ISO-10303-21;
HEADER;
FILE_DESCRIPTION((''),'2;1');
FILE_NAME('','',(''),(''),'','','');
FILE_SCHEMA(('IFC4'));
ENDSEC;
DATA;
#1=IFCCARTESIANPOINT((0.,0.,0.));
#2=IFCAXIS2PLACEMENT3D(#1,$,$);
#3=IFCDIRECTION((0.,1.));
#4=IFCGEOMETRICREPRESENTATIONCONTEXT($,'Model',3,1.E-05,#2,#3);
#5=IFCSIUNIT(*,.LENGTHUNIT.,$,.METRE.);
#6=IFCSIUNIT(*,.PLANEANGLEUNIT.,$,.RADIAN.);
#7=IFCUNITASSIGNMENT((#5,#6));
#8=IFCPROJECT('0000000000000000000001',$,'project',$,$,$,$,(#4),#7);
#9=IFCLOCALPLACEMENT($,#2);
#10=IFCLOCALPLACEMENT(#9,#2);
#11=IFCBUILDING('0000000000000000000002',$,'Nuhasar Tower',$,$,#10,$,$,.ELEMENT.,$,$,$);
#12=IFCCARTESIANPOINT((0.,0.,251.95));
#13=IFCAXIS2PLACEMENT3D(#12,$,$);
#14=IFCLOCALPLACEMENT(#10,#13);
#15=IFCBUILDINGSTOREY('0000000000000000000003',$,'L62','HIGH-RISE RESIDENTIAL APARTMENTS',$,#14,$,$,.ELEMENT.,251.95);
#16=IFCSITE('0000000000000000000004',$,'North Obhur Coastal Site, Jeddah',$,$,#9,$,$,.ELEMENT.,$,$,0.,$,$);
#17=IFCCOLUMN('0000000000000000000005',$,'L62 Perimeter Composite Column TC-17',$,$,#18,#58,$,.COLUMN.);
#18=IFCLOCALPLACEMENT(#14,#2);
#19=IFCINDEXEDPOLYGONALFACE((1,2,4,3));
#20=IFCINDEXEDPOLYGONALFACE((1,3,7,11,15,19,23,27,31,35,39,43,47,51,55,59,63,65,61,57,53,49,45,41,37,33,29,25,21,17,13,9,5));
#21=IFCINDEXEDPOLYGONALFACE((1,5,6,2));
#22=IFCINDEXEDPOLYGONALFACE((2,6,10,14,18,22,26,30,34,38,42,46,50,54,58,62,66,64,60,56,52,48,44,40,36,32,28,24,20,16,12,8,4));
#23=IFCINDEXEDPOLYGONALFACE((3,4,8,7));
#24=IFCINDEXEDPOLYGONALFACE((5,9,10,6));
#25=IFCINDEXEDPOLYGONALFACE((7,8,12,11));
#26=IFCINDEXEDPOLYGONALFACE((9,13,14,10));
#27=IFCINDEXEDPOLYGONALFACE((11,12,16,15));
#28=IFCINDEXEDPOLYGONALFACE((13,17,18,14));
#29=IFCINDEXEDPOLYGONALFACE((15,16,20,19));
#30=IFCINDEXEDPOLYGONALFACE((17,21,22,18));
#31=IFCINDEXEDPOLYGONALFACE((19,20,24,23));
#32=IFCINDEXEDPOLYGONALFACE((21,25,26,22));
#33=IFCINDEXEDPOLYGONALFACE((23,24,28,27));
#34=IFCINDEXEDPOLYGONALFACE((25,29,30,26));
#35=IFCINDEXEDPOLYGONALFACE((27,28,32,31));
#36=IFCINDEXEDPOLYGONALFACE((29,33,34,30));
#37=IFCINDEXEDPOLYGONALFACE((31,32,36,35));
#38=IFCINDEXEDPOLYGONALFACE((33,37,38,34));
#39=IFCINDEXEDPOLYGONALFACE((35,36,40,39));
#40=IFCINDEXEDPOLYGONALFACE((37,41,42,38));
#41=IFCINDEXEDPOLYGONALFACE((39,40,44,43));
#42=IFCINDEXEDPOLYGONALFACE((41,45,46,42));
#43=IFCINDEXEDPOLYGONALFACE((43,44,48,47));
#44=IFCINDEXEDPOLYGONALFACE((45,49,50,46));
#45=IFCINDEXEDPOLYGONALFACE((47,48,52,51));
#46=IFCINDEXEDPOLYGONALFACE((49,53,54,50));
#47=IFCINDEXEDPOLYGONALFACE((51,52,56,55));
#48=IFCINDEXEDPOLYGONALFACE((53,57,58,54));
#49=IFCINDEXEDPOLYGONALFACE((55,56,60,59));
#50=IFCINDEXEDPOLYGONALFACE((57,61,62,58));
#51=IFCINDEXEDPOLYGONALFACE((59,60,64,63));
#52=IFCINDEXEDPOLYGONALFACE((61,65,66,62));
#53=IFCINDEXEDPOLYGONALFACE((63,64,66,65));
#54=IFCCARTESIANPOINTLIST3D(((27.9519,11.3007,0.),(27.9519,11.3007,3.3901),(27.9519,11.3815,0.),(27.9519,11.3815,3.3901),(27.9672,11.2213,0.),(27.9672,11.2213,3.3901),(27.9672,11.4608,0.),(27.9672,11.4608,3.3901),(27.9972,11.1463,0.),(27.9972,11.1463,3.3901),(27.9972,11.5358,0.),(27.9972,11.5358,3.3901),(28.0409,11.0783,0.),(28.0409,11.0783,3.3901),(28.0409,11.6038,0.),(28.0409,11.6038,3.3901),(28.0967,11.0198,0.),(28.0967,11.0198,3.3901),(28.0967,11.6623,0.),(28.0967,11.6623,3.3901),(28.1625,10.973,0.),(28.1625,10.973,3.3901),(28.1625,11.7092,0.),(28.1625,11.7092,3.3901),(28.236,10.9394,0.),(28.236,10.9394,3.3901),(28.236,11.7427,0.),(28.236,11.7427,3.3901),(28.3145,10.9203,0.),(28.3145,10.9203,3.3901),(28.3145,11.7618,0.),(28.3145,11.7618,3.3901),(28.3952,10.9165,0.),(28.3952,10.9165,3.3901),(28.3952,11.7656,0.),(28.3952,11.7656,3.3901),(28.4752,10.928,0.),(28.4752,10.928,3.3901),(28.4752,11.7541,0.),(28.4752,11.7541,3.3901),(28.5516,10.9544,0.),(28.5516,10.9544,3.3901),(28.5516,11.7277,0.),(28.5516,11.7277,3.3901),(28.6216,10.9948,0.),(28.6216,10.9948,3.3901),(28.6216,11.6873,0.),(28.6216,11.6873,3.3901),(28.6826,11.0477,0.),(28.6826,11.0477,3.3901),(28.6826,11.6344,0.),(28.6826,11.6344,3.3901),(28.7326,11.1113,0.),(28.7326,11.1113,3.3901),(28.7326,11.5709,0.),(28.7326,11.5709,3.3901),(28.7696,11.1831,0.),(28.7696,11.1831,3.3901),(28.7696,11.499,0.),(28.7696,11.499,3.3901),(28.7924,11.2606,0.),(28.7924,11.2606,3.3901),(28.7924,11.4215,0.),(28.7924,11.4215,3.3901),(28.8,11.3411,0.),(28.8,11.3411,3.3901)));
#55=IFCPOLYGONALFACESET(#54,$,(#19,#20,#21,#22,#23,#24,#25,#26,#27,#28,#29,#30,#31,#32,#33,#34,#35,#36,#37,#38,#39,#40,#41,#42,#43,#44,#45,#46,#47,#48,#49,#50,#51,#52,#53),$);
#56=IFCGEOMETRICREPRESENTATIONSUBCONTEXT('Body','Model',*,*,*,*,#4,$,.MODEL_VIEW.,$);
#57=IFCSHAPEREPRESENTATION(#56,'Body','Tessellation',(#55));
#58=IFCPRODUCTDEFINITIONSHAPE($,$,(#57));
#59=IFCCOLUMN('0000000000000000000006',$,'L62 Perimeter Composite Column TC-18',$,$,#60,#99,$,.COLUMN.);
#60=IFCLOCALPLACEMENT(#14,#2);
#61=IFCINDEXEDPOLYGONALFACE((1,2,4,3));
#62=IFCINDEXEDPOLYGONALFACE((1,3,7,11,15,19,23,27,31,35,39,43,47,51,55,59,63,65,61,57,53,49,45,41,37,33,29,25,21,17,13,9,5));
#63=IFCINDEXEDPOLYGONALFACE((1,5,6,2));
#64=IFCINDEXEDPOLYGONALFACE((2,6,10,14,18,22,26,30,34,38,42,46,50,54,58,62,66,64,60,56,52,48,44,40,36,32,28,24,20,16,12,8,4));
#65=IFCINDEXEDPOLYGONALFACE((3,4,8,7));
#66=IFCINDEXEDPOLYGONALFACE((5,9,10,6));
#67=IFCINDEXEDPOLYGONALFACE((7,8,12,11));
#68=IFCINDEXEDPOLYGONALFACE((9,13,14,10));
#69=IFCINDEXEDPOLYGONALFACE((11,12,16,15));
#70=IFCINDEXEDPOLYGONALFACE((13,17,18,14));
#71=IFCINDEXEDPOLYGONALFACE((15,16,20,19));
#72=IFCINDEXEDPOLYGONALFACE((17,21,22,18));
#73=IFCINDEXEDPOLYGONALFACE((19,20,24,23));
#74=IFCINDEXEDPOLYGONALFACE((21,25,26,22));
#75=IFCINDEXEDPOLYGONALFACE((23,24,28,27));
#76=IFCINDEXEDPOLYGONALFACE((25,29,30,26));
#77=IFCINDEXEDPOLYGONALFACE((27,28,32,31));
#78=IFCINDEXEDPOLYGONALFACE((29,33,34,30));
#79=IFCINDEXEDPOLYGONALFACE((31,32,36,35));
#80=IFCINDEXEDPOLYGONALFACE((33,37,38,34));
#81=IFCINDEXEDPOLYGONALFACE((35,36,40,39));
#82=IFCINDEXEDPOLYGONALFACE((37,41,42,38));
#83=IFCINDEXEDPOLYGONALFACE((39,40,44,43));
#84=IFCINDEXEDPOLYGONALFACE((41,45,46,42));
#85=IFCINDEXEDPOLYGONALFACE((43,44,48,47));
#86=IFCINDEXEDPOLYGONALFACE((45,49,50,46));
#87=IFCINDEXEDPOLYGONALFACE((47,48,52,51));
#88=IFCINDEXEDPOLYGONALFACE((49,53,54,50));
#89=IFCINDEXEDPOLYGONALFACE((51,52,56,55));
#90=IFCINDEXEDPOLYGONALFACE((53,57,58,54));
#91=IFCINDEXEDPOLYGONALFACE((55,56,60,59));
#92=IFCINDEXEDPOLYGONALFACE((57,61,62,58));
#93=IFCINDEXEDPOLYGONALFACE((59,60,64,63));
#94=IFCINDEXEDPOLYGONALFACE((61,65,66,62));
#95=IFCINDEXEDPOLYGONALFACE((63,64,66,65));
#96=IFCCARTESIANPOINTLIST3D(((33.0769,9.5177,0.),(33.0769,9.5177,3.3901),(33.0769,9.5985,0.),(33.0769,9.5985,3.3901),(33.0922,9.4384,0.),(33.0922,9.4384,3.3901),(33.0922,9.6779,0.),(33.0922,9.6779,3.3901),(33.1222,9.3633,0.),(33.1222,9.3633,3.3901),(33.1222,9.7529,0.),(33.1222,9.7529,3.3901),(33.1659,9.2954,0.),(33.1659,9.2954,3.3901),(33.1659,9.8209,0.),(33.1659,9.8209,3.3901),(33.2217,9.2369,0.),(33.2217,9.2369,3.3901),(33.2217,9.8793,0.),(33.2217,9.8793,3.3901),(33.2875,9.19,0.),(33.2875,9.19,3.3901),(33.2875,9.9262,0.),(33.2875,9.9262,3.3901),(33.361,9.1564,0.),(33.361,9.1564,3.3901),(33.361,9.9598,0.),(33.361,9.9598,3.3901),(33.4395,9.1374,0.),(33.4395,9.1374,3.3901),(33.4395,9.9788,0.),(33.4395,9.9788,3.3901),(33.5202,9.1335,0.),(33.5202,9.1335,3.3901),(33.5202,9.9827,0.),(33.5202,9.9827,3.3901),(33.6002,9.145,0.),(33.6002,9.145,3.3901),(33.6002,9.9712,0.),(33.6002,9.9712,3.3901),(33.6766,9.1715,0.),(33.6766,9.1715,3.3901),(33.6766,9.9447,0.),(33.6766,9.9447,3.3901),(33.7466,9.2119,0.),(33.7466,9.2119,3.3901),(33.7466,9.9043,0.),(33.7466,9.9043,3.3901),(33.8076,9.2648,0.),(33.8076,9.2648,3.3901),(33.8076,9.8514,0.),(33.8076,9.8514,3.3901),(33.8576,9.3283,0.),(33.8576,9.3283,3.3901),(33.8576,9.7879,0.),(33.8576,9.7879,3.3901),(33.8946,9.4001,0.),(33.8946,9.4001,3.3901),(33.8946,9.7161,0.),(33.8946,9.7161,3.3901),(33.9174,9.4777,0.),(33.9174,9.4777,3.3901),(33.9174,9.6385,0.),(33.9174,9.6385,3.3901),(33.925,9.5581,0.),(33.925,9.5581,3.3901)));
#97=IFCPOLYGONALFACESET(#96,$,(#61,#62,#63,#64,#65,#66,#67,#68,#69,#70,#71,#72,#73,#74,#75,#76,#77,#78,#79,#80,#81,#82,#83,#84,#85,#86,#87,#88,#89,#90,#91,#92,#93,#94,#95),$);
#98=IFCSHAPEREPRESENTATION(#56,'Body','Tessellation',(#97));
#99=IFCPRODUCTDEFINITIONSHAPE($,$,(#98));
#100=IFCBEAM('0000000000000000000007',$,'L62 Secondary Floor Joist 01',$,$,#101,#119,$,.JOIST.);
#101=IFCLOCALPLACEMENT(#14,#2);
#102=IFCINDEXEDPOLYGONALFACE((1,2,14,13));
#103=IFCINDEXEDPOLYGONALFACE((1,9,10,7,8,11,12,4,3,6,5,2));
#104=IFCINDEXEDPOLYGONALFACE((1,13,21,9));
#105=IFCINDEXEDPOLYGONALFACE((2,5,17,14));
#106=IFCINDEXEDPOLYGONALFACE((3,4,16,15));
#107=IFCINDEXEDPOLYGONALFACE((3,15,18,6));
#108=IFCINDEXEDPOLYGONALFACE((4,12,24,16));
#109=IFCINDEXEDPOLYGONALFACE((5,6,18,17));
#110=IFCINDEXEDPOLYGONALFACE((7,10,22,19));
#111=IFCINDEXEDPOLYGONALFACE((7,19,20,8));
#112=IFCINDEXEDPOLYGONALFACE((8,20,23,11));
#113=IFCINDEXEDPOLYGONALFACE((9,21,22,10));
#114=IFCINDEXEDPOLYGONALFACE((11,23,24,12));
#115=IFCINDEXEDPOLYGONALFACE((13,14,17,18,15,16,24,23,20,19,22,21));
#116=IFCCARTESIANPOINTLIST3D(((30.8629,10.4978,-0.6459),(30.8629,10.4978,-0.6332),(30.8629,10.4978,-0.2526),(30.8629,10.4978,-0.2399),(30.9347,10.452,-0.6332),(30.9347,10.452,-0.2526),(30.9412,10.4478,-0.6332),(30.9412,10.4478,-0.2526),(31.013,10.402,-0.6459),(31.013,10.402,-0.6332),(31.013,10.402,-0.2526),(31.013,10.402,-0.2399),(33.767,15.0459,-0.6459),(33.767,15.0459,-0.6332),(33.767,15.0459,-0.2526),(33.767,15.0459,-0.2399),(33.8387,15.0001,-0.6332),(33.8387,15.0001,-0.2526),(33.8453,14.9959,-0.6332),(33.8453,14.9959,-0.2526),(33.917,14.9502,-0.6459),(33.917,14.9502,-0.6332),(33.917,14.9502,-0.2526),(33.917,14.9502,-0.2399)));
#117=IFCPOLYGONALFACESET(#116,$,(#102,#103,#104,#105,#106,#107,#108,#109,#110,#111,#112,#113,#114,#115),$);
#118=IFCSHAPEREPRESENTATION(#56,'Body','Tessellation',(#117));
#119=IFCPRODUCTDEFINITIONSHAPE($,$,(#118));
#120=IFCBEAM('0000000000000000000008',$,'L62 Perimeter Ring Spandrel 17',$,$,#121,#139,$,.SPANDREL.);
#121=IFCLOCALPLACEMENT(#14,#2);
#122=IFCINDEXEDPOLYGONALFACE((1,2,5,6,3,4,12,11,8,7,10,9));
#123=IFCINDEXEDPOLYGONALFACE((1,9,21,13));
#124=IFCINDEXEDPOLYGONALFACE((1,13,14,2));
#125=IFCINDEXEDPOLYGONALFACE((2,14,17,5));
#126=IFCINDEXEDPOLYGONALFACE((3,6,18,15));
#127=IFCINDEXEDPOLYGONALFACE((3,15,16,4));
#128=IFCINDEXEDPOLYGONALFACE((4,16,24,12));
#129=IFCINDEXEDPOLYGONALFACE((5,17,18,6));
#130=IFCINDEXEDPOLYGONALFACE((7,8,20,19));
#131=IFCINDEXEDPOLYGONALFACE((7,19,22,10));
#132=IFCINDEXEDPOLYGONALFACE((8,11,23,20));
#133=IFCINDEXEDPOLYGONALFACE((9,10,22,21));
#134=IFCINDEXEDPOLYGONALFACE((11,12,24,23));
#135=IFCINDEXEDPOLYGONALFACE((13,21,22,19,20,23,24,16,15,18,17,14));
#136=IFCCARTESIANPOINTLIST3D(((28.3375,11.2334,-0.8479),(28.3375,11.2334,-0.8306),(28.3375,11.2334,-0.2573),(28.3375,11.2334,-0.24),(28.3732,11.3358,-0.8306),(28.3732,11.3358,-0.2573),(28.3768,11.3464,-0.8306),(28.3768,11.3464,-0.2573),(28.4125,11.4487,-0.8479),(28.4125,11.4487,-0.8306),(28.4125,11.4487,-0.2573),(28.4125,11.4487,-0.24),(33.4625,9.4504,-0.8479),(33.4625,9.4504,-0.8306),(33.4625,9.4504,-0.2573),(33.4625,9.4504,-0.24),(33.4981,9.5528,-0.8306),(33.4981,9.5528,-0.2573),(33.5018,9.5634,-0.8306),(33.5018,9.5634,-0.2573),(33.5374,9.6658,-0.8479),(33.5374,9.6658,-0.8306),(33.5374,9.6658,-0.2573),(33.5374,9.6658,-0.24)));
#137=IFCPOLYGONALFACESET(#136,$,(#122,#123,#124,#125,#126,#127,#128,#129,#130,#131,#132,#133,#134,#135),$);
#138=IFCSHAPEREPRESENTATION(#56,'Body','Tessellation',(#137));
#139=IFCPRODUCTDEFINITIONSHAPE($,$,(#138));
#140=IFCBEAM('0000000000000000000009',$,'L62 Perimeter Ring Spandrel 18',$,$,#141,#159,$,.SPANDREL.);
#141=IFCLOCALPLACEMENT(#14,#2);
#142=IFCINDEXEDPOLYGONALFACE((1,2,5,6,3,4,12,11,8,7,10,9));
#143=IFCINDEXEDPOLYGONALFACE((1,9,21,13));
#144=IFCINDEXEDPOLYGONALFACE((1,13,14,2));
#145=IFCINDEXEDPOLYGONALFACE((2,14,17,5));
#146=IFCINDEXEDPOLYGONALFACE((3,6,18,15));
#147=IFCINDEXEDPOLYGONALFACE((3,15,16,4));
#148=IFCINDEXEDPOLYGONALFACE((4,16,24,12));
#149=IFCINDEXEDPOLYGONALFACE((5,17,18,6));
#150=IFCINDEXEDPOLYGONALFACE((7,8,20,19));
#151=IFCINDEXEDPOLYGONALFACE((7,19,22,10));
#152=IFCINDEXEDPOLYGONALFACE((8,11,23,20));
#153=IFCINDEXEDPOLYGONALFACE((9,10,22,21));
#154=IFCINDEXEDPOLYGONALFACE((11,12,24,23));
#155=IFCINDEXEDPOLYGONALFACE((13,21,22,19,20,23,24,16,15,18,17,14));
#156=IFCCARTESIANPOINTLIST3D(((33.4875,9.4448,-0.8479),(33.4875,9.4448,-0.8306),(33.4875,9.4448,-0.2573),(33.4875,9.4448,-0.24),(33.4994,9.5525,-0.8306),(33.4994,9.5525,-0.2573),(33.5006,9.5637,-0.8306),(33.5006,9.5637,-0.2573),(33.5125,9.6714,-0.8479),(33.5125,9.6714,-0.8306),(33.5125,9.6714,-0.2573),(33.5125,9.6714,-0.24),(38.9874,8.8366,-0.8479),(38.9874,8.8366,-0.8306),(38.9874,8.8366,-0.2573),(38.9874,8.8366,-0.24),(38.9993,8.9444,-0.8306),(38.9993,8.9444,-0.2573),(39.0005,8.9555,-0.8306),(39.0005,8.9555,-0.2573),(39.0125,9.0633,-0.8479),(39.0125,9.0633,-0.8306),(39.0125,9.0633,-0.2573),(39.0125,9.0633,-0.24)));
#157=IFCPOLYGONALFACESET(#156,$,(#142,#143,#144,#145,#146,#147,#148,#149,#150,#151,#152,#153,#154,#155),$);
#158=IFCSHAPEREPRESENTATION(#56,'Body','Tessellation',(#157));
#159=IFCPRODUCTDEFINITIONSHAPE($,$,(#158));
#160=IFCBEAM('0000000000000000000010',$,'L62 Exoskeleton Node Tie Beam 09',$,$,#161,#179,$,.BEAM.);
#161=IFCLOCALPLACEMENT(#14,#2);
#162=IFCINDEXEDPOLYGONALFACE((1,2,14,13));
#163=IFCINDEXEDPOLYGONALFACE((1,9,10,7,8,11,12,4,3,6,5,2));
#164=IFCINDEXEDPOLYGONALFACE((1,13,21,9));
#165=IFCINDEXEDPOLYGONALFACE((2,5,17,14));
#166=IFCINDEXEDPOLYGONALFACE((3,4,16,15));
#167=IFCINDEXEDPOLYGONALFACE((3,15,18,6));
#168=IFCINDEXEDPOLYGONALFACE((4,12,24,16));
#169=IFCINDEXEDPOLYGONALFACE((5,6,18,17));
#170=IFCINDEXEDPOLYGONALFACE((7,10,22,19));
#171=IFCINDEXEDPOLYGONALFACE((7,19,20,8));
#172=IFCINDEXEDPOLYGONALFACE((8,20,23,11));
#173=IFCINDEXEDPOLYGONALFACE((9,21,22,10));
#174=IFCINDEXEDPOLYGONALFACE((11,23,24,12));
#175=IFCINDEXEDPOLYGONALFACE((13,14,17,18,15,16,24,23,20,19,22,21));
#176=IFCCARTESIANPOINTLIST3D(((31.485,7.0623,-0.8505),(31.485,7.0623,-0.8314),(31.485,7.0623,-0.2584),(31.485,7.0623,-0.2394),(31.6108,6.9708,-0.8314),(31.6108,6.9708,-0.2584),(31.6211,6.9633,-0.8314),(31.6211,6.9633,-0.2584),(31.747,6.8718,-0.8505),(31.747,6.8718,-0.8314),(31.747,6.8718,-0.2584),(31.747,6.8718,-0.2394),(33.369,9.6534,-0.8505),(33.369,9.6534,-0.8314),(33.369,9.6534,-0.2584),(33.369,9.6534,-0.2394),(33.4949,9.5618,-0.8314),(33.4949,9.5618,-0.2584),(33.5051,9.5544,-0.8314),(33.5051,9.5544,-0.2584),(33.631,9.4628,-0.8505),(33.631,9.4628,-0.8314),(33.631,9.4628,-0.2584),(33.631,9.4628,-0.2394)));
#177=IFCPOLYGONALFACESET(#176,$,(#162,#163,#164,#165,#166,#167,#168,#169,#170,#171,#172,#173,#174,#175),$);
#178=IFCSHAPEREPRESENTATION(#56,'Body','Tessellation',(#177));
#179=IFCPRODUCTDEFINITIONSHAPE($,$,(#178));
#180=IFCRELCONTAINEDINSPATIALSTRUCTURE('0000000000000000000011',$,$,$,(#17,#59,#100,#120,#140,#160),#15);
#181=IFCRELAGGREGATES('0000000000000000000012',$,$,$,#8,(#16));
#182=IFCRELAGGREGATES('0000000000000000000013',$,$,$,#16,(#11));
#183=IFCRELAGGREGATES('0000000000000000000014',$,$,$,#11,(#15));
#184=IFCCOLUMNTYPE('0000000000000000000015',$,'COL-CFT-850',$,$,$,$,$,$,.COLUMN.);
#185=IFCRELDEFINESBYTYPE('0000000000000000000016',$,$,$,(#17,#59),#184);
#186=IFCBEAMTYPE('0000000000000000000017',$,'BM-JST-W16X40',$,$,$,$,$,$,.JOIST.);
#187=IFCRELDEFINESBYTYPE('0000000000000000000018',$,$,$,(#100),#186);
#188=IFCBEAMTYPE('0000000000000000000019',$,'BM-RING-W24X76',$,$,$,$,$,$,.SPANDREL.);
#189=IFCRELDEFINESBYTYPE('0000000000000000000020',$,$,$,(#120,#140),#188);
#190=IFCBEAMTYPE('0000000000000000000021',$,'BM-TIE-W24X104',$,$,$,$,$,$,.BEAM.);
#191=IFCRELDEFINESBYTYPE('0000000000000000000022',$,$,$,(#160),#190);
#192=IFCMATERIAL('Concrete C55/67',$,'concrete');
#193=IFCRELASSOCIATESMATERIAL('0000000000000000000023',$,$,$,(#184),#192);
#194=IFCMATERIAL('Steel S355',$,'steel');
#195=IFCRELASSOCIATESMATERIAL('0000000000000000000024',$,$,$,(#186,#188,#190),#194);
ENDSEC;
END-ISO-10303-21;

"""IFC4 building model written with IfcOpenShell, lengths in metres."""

from ifc_helpers import new_model, si_unit, direction, frame, origin, origin_2d, place, context, subcontext, project, spatial, circle, i_section, extrude, material, material_profile, profile_set, type_object, element, save


model = new_model("IFC4")

# Units and contexts
model_context = context("Model", 3, precision=1e-05, world=origin(), true_north=direction((0.0, 1.0)))
body_context = subcontext(model_context, "Body", "Model", "MODEL_VIEW")
ifc_project = project(units=[si_unit("LENGTHUNIT", "METRE"), si_unit("PLANEANGLEUNIT", "RADIAN")], contexts=[model_context])

# Site, building, storey
site_placement = place(None, origin())
site = spatial("IfcSite", under=ifc_project, at=site_placement, Name="North Obhur Coastal Site, Jeddah", CompositionType="ELEMENT", RefElevation=0.0)
building_placement = place(site_placement, origin())
building = spatial("IfcBuilding", under=site, at=building_placement, Name="Nuhasar Tower", CompositionType="ELEMENT")
storey_placement = place(building_placement, frame((0.0, 0.0, 251.95)))
storey = spatial("IfcBuildingStorey", under=building, at=storey_placement, Name="L62", Description="HIGH-RISE RESIDENTIAL APARTMENTS", CompositionType="ELEMENT", Elevation=251.95)

# Columns
ifc_material_1 = material(Name="Concrete C55/67", Category="concrete")
ifc_material_profile_1 = material_profile(ifc_material_1, circle(Radius=0.425, at=origin_2d()), Name="CFT850")
ifc_profile_set_1 = profile_set([ifc_material_profile_1], Name="Concrete C55/67")
column_type = type_object("IfcColumnType", Name="COL-CFT-850", PredefinedType="COLUMN", material=ifc_profile_set_1)
for number, where, z_axis, x_axis, name in (
    (1, (28.375, 11.3411, 0.0), (0.0, 0.0, 1.0), (1.0, 0.0, 0.0), "L62 Perimeter Composite Column TC-17"),
    (2, (33.5, 9.5581, 0.0), (0.0, 0.0, 1.0), (1.0, 0.0, 0.0), "L62 Perimeter Composite Column TC-18"),
):
    element("IfcColumn", number, at=place(storey_placement, frame(where, z_axis=z_axis, x_axis=x_axis)), inside=storey, type_object=column_type, Name=name, PredefinedType="COLUMN", context=body_context, shape_type="SweptSolid", body=[
        extrude(circle(Radius=0.425, at=origin_2d()), origin(), (0.0, 0.0, 1.0), 3.3901),
    ])

# Beams
ifc_material_2 = material(Name="Steel S355", Category="steel")
ifc_material_profile_2 = material_profile(ifc_material_2, i_section(OverallWidth=0.178, OverallDepth=0.406, WebThickness=0.0078, FlangeThickness=0.0127, at=origin_2d()), Name="W16X40")
ifc_profile_set_2 = profile_set([ifc_material_profile_2], Name="Steel S355")
beam_type_1 = type_object("IfcBeamType", Name="BM-JST-W16X40", PredefinedType="JOIST", material=ifc_profile_set_2)
beam_1_placement = place(storey_placement, frame((33.842, 14.998, -0.4429), z_axis=(-0.538169, -0.842837, 0.0), x_axis=(0.842837, -0.538169, 0.0)))
element("IfcBeam", 3, at=beam_1_placement, inside=storey, type_object=beam_type_1, Name="L62 Secondary Floor Joist 01", PredefinedType="JOIST", context=body_context, shape_type="SweptSolid", body=[
    extrude(i_section(OverallWidth=0.178, OverallDepth=0.406, WebThickness=0.0078, FlangeThickness=0.0127, at=origin_2d()), origin(), (0.0, 0.0, 1.0), 5.3962),
])
ifc_material_profile_3 = material_profile(ifc_material_2, i_section(OverallWidth=0.228, OverallDepth=0.6079, WebThickness=0.0112, FlangeThickness=0.0173, at=origin_2d()), Name="W24X76")
ifc_profile_set_3 = profile_set([ifc_material_profile_3], Name="Steel S355")
beam_type_2 = type_object("IfcBeamType", Name="BM-RING-W24X76", PredefinedType="SPANDREL", material=ifc_profile_set_3)
beam_2_placement = place(storey_placement, frame((28.375, 11.3411, -0.5439), z_axis=(0.944477, -0.328578, 0.0), x_axis=(0.328578, 0.944477, 0.0)))
element("IfcBeam", 4, at=beam_2_placement, inside=storey, type_object=beam_type_2, Name="L62 Perimeter Ring Spandrel 17", PredefinedType="SPANDREL", context=body_context, shape_type="SweptSolid", body=[
    extrude(i_section(OverallWidth=0.228, OverallDepth=0.6079, WebThickness=0.0112, FlangeThickness=0.0173, at=origin_2d()), origin(), (0.0, 0.0, 1.0), 5.4263),
])
beam_3_placement = place(storey_placement, frame((33.5, 9.5581, -0.5439), z_axis=(0.993942, -0.109904, 0.0), x_axis=(0.109904, 0.993942, 0.0)))
element("IfcBeam", 5, at=beam_3_placement, inside=storey, type_object=beam_type_2, Name="L62 Perimeter Ring Spandrel 18", PredefinedType="SPANDREL", context=body_context, shape_type="SweptSolid", body=[
    extrude(i_section(OverallWidth=0.228, OverallDepth=0.6079, WebThickness=0.0112, FlangeThickness=0.0173, at=origin_2d()), origin(), (0.0, 0.0, 1.0), 5.5334),
])
ifc_material_profile_4 = material_profile(ifc_material_2, i_section(OverallWidth=0.324, OverallDepth=0.6111, WebThickness=0.0127, FlangeThickness=0.019, at=origin_2d()), Name="W24X104")
ifc_profile_set_4 = profile_set([ifc_material_profile_4], Name="Steel S355")
beam_type_3 = type_object("IfcBeamType", Name="BM-TIE-W24X104", PredefinedType="BEAM", material=ifc_profile_set_4)
beam_4_placement = place(storey_placement, frame((33.5, 9.5581, -0.5449), z_axis=(-0.588095, -0.808792, 0.0), x_axis=(0.808792, -0.588095, 0.0)))
element("IfcBeam", 6, at=beam_4_placement, inside=storey, type_object=beam_type_3, Name="L62 Exoskeleton Node Tie Beam 09", PredefinedType="BEAM", context=body_context, shape_type="SweptSolid", body=[
    extrude(i_section(OverallWidth=0.324, OverallDepth=0.6111, WebThickness=0.0127, FlangeThickness=0.019, at=origin_2d()), origin(), (0.0, 0.0, 1.0), 3.2036),
])

save(model, "model.ifc")
